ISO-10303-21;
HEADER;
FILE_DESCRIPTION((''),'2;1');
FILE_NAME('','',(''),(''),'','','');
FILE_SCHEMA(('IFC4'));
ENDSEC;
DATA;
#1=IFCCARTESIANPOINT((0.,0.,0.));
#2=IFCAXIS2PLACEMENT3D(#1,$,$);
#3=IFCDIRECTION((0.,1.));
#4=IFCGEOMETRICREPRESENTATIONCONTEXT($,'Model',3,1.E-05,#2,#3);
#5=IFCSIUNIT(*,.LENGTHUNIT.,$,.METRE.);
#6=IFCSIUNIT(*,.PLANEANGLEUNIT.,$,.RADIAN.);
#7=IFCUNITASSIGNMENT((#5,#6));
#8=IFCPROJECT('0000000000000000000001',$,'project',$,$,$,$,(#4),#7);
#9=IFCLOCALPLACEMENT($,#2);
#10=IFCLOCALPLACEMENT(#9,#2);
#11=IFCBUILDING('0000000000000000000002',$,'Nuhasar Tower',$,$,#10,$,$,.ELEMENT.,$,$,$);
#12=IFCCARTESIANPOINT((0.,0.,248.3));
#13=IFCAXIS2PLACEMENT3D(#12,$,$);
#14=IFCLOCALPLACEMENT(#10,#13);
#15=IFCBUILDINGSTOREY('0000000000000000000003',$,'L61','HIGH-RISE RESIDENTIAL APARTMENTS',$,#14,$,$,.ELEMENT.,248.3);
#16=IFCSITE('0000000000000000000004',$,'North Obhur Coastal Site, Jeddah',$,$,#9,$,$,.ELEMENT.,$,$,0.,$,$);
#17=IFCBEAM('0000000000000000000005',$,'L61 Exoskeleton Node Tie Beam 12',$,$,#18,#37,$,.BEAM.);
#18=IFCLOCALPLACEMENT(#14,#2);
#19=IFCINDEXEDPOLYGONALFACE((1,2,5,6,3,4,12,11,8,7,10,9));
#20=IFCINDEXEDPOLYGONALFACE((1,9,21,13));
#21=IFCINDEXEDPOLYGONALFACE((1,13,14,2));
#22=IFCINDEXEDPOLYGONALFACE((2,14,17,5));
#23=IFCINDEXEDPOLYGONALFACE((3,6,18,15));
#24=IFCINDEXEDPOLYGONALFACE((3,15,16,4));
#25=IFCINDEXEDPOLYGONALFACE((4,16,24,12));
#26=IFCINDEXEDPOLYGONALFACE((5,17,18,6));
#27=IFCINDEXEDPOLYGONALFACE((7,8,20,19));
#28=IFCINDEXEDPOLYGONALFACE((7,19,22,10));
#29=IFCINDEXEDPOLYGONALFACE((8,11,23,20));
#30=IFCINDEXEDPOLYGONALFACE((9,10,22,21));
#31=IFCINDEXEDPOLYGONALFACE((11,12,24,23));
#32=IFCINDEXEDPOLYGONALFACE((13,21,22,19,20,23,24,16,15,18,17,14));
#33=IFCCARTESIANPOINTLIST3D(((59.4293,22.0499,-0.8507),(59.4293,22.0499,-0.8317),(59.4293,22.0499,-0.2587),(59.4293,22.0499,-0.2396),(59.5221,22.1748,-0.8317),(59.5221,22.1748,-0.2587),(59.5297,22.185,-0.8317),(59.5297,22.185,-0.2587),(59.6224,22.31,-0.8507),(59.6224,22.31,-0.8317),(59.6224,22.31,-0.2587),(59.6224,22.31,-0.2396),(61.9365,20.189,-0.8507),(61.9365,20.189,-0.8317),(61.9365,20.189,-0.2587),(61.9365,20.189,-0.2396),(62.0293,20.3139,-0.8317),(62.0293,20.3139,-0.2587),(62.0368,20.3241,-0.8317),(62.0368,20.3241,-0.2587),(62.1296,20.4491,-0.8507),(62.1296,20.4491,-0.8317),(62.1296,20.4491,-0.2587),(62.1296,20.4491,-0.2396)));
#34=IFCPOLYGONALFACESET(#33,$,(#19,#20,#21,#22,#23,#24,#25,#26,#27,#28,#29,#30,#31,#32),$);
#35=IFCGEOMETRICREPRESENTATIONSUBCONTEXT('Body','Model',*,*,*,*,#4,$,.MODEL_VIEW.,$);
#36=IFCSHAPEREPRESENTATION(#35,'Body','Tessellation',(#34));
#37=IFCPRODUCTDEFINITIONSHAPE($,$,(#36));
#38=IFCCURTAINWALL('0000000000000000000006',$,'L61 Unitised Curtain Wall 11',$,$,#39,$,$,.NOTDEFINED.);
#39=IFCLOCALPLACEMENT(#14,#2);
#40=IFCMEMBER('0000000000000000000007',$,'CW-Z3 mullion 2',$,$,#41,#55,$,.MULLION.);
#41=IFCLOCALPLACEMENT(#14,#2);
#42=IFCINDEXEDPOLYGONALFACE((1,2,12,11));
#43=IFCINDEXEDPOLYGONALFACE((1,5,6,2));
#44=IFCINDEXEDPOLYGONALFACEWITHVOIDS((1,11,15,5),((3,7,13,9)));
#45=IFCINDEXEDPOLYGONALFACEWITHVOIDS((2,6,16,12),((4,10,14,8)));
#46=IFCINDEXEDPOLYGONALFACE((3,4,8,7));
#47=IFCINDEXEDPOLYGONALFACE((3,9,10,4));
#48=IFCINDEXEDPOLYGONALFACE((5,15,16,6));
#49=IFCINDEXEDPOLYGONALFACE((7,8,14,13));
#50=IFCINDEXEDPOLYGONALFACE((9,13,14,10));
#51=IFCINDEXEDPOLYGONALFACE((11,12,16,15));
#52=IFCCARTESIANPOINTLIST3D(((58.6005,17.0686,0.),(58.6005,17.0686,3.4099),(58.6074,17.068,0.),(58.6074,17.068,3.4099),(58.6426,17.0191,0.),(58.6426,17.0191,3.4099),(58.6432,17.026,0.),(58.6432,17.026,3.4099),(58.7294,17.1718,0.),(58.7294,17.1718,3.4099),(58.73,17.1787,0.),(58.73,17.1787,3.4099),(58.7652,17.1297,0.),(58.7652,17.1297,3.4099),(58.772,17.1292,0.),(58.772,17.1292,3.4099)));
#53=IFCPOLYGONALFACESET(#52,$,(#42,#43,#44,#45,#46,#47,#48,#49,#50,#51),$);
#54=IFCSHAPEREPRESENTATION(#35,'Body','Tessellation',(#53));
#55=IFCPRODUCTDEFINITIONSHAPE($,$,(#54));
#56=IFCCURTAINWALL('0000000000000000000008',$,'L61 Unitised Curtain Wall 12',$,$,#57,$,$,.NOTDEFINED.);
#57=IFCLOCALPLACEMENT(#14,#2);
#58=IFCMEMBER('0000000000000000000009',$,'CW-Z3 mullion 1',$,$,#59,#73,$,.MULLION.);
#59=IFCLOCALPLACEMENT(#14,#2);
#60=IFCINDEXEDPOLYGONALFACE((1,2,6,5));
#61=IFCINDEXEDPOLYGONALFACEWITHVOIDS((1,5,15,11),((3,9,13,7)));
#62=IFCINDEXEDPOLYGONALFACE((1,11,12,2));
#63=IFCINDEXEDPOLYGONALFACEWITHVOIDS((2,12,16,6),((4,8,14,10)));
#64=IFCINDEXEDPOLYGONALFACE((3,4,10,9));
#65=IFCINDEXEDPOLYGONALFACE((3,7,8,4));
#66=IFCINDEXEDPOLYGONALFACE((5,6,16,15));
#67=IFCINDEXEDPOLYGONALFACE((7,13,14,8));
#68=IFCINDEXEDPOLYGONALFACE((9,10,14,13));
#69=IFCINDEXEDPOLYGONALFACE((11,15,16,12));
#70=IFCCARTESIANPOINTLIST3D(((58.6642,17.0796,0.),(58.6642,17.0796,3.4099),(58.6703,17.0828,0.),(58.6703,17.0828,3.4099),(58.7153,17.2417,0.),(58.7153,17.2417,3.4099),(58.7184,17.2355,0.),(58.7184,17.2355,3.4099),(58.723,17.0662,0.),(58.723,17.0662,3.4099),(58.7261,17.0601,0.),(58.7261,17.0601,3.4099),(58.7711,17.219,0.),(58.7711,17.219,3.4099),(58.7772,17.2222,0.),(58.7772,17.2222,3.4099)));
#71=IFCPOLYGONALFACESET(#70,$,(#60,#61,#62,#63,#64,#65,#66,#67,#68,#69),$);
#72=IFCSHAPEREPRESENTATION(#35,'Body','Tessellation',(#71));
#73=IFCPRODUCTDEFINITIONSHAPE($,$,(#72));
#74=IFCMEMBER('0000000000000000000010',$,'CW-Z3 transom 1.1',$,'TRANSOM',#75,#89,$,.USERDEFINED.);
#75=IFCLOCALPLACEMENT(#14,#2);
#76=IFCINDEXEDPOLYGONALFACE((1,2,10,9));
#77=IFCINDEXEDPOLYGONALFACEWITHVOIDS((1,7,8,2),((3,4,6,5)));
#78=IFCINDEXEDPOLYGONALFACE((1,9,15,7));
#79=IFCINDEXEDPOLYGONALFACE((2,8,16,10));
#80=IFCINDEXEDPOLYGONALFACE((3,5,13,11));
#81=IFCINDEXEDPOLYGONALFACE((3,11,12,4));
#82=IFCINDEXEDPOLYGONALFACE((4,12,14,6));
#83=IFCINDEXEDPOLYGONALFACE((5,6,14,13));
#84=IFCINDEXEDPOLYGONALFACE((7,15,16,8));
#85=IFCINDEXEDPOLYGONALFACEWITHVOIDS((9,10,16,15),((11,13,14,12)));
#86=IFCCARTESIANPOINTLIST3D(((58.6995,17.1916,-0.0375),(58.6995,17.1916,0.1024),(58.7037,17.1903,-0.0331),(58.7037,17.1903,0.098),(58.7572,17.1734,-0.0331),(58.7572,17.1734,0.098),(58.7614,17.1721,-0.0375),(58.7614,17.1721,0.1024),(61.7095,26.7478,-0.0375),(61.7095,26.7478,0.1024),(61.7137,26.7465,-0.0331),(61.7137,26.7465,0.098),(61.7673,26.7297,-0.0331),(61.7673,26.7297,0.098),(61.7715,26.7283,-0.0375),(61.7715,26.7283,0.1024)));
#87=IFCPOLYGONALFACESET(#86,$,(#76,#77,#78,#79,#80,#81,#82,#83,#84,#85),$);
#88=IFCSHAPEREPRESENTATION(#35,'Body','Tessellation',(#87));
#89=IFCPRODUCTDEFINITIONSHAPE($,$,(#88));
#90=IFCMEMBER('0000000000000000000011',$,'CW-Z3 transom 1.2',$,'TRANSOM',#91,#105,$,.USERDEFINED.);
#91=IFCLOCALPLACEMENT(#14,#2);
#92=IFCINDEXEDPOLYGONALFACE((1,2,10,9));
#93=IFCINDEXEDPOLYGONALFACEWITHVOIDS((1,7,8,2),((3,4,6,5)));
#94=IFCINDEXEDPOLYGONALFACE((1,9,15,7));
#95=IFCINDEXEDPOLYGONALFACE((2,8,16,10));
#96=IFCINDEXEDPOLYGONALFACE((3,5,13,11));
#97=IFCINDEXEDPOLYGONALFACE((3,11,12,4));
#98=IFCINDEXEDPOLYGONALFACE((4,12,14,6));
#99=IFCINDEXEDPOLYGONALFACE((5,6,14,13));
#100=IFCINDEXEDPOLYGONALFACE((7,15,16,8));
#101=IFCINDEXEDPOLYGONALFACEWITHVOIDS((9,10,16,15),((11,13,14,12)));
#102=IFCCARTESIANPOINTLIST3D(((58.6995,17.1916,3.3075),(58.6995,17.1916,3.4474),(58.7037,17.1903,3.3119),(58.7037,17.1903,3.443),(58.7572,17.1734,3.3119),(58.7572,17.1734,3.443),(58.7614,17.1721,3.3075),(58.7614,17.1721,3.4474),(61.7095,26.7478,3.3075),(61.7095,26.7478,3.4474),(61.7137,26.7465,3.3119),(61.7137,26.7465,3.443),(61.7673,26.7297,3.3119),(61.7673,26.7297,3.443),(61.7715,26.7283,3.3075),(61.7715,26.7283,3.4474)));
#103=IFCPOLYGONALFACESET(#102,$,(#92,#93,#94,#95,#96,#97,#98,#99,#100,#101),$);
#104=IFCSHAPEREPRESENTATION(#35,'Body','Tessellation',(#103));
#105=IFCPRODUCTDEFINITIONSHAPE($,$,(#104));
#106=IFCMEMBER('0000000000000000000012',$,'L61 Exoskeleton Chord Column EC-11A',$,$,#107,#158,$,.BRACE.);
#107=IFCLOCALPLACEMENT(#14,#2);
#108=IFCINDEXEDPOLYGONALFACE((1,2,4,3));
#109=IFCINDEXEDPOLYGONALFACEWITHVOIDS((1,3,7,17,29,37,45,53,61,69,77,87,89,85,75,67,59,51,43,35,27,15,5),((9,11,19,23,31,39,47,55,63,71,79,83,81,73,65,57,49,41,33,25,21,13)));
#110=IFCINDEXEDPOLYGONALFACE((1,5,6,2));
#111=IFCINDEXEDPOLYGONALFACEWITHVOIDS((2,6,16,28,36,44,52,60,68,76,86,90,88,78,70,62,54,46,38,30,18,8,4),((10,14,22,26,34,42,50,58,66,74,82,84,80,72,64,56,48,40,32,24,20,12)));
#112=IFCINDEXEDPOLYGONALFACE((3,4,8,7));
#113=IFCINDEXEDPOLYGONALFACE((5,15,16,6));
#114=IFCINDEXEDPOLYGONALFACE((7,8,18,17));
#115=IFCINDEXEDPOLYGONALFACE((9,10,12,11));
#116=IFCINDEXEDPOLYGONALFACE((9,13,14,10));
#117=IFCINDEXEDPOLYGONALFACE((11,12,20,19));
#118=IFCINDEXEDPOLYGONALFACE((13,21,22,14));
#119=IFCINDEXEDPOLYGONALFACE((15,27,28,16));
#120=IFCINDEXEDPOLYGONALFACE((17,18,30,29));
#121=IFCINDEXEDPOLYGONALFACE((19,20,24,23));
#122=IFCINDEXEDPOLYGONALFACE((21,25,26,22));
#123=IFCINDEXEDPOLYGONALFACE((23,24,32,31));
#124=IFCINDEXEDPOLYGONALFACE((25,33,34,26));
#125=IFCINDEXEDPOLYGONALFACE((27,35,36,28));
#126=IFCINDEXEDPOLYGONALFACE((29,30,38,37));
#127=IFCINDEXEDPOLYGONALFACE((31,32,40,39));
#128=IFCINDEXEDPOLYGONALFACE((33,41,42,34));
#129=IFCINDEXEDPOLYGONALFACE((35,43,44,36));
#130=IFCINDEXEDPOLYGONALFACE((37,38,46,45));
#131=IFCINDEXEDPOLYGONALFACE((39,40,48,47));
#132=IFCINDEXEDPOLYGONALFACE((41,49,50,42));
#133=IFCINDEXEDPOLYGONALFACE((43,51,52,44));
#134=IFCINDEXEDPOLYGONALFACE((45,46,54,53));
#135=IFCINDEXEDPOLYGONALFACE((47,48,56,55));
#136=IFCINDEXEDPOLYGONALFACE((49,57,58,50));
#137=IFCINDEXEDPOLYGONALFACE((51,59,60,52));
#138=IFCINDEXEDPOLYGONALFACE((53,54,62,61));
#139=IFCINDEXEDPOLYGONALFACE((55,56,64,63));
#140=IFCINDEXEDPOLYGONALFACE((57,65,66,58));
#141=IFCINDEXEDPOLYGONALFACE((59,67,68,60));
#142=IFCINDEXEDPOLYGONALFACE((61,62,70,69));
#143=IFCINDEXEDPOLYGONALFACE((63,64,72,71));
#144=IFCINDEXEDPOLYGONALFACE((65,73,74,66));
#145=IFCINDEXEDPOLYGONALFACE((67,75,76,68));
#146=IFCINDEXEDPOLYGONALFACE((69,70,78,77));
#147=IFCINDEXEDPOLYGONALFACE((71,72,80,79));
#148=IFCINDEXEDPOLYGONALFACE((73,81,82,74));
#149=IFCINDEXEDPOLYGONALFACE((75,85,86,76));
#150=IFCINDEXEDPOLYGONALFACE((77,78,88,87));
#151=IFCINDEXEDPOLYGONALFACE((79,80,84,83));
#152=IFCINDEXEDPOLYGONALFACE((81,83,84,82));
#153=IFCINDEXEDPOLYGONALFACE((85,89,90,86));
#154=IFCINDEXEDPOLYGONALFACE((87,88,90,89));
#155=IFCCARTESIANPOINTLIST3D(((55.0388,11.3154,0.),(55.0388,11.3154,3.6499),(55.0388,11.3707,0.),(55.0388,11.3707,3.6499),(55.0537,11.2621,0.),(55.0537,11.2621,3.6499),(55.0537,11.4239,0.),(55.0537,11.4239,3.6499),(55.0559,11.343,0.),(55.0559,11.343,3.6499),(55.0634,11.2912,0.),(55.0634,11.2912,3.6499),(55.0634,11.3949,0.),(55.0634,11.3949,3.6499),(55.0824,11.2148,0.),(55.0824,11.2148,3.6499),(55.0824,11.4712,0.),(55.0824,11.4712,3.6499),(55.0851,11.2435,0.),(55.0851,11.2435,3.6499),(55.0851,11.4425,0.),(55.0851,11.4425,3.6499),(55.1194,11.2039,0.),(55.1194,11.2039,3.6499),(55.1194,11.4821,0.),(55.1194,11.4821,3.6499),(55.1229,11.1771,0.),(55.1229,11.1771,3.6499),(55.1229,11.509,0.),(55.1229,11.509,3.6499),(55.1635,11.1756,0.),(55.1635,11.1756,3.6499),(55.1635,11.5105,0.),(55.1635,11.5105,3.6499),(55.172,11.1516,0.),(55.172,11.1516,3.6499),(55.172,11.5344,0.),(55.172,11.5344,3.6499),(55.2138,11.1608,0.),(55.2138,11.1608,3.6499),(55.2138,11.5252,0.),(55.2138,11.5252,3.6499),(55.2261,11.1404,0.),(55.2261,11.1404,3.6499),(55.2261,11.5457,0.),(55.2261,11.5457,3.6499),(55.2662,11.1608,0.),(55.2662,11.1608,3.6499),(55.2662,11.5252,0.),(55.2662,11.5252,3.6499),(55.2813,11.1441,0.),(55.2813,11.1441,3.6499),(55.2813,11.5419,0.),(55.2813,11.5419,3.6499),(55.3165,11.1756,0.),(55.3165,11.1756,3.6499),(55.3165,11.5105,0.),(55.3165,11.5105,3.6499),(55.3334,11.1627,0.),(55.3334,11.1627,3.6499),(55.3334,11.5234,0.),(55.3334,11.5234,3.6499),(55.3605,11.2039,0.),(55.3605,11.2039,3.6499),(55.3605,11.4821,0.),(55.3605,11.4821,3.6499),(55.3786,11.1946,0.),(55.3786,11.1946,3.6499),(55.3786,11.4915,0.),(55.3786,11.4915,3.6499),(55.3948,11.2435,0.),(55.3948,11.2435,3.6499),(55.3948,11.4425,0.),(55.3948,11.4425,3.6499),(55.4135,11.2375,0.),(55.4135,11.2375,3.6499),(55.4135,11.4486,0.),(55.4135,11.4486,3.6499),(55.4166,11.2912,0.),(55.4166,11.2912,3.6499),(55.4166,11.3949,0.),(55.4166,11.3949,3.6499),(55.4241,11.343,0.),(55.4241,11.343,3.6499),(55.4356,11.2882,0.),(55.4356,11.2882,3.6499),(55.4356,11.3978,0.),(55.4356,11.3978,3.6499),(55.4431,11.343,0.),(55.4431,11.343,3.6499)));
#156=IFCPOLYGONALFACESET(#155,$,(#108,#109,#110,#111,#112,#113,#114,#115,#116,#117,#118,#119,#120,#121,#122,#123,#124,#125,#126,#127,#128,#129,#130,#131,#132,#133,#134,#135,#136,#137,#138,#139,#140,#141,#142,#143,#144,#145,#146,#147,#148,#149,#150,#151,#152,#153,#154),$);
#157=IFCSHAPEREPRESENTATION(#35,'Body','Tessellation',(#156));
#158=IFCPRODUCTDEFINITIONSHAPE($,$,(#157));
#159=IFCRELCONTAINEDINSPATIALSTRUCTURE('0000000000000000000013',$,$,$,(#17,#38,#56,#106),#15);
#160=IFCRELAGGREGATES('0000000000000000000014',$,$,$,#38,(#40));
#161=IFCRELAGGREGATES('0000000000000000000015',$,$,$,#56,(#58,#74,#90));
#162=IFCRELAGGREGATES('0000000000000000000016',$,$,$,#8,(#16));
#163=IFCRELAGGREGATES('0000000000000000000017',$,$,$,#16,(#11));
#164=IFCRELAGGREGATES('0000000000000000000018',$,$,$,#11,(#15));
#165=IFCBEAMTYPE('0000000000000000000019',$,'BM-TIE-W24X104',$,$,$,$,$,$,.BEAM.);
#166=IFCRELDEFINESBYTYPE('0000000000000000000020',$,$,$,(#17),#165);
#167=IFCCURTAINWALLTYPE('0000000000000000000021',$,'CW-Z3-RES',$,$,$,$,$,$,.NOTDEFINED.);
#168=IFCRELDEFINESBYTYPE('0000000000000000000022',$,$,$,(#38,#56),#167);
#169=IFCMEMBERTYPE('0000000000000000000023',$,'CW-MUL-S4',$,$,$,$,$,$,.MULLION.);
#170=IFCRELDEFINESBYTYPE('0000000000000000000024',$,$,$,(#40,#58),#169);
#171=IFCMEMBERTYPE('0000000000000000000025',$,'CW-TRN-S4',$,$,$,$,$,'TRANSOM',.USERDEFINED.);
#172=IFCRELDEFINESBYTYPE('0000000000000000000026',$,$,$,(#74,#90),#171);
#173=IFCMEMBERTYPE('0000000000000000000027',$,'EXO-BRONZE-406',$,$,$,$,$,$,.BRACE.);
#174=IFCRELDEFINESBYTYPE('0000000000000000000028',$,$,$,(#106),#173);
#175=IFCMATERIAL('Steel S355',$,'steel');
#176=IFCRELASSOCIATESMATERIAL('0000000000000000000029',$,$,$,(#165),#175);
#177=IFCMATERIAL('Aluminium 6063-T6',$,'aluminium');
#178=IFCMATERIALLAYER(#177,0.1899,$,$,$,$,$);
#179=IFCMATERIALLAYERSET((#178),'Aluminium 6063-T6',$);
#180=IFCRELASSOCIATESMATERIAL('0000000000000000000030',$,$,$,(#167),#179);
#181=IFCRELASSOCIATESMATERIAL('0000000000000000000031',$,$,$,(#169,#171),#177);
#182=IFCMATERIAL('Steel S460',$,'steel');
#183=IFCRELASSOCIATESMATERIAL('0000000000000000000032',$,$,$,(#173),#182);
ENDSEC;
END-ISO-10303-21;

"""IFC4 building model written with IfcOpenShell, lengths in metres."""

from ifc_helpers import new_model, si_unit, direction, frame, origin, origin_2d, place, context, subcontext, project, spatial, hollow_rectangle, hollow_circle, i_section, extrude, material, layer, layer_set, material_profile, profile_set, type_object, element, aggregate, save


model = new_model("IFC4")

# Units and contexts
model_context = context("Model", 3, precision=1e-05, world=origin(), true_north=direction((0.0, 1.0)))
body_context = subcontext(model_context, "Body", "Model", "MODEL_VIEW")
ifc_project = project(units=[si_unit("LENGTHUNIT", "METRE"), si_unit("PLANEANGLEUNIT", "RADIAN")], contexts=[model_context])

# Site, building, storey
site_placement = place(None, origin())
site = spatial("IfcSite", under=ifc_project, at=site_placement, Name="North Obhur Coastal Site, Jeddah", CompositionType="ELEMENT", RefElevation=0.0)
building_placement = place(site_placement, origin())
building = spatial("IfcBuilding", under=site, at=building_placement, Name="Nuhasar Tower", CompositionType="ELEMENT")
storey_placement = place(building_placement, frame((0.0, 0.0, 248.3)))
storey = spatial("IfcBuildingStorey", under=building, at=storey_placement, Name="L61", Description="HIGH-RISE RESIDENTIAL APARTMENTS", CompositionType="ELEMENT", Elevation=248.3)

# Beam
ifc_material_1 = material(Name="Steel S355", Category="steel")
ifc_material_profile_1 = material_profile(ifc_material_1, i_section(OverallWidth=0.324, OverallDepth=0.6111, WebThickness=0.0127, FlangeThickness=0.019, at=origin_2d()), Name="W24X104")
ifc_profile_set_1 = profile_set([ifc_material_profile_1], Name="Steel S355")
beam_type_1 = type_object("IfcBeamType", Name="BM-TIE-W24X104", PredefinedType="BEAM", material=ifc_profile_set_1)
beam_1_placement = place(storey_placement, frame((59.5259, 22.1799, -0.5452), z_axis=(0.802983, -0.596001, 0.0), x_axis=(0.596001, 0.802983, 0.0)))
element("IfcBeam", 1, at=beam_1_placement, inside=storey, type_object=beam_type_1, Name="L61 Exoskeleton Node Tie Beam 12", PredefinedType="BEAM", context=body_context, shape_type="SweptSolid", body=[
    extrude(i_section(OverallWidth=0.324, OverallDepth=0.6111, WebThickness=0.0127, FlangeThickness=0.019, at=origin_2d()), origin(), (0.0, 0.0, 1.0), 3.1223),
])

# Curtain wall, member
ifc_material_2 = material(Name="Aluminium 6063-T6", Category="aluminium")
ifc_layer_1 = layer(ifc_material_2, 0.1899)
ifc_layer_set_1 = layer_set([ifc_layer_1], Name="Aluminium 6063-T6")
curtain_wall_type = type_object("IfcCurtainWallType", Name="CW-Z3-RES", PredefinedType="NOTDEFINED", material=ifc_layer_set_1)
curtain_wall_1_placement = place(storey_placement, origin())
curtain_wall_1 = element("IfcCurtainWall", 2, at=curtain_wall_1_placement, inside=storey, type_object=curtain_wall_type, Name="L61 Unitised Curtain Wall 11", PredefinedType="NOTDEFINED")
ifc_material_profile_2 = material_profile(ifc_material_2, hollow_rectangle(XDim=0.0649, YDim=0.1699, WallThickness=0.0049, at=origin_2d()), Name="CWM-4")
ifc_profile_set_2 = profile_set([ifc_material_profile_2], Name="Aluminium 6063-T6")
member_type_1 = type_object("IfcMemberType", Name="CW-MUL-S4", PredefinedType="MULLION", material=ifc_profile_set_2)
member_1_placement = place(storey_placement, frame((58.6863, 17.0989, 0.0), z_axis=(0.0, 0.0, 1.0), x_axis=(-0.647895, 0.761729, 0.0)))
member_1 = element("IfcMember", 3, at=member_1_placement, type_object=member_type_1, Name="CW-Z3 mullion 2", PredefinedType="MULLION", context=body_context, shape_type="SweptSolid", body=[
    extrude(hollow_rectangle(XDim=0.0649, YDim=0.1699, WallThickness=0.0049, at=origin_2d()), origin(), (0.0, 0.0, 1.0), 3.4099),
])

# Curtain wall, members
curtain_wall_2_placement = place(storey_placement, origin())
curtain_wall_2 = element("IfcCurtainWall", 4, at=curtain_wall_2_placement, inside=storey, type_object=curtain_wall_type, Name="L61 Unitised Curtain Wall 12", PredefinedType="NOTDEFINED")
member_2_placement = place(storey_placement, frame((58.7207, 17.1509, 0.0), z_axis=(0.0, 0.0, 1.0), x_axis=(-0.953804, 0.300429, 0.0)))
member_2 = element("IfcMember", 5, at=member_2_placement, type_object=member_type_1, Name="CW-Z3 mullion 1", PredefinedType="MULLION", context=body_context, shape_type="SweptSolid", body=[
    extrude(hollow_rectangle(XDim=0.0649, YDim=0.1699, WallThickness=0.0049, at=origin_2d()), origin(), (0.0, 0.0, 1.0), 3.4099),
])
ifc_material_profile_3 = material_profile(ifc_material_2, hollow_rectangle(XDim=0.0649, YDim=0.1399, WallThickness=0.0044, at=origin_2d()), Name="CWT-4")
ifc_profile_set_3 = profile_set([ifc_material_profile_3], Name="Aluminium 6063-T6")
member_type_2 = type_object("IfcMemberType", Name="CW-TRN-S4", ElementType="TRANSOM", PredefinedType="USERDEFINED", material=ifc_profile_set_3)
member_3_placement = place(storey_placement, frame((58.7305, 17.1819, 0.0325), z_axis=(0.30043, 0.953804, 0.0), x_axis=(-0.953804, 0.30043, 0.0)))
member_3 = element("IfcMember", 6, at=member_3_placement, type_object=member_type_2, Name="CW-Z3 transom 1.1", ObjectType="TRANSOM", PredefinedType="USERDEFINED", context=body_context, shape_type="SweptSolid", body=[
    extrude(hollow_rectangle(XDim=0.0649, YDim=0.1399, WallThickness=0.0044, at=origin_2d()), origin(), (0.0, 0.0, 1.0), 10.019),
])
member_4_placement = place(storey_placement, frame((58.7305, 17.1819, 3.3774), z_axis=(0.30043, 0.953804, 0.0), x_axis=(-0.953804, 0.30043, 0.0)))
member_4 = element("IfcMember", 7, at=member_4_placement, type_object=member_type_2, Name="CW-Z3 transom 1.2", ObjectType="TRANSOM", PredefinedType="USERDEFINED", context=body_context, shape_type="SweptSolid", body=[
    extrude(hollow_rectangle(XDim=0.0649, YDim=0.1399, WallThickness=0.0044, at=origin_2d()), origin(), (0.0, 0.0, 1.0), 10.019),
])

# Member
ifc_material_3 = material(Name="Steel S460", Category="steel")
ifc_material_profile_4 = material_profile(ifc_material_3, hollow_circle(Radius=0.2031, WallThickness=0.019, at=origin_2d()), Name="HSS406.4X19.1")
ifc_profile_set_4 = profile_set([ifc_material_profile_4], Name="Steel S460")
member_type_3 = type_object("IfcMemberType", Name="EXO-BRONZE-406", PredefinedType="BRACE", material=ifc_profile_set_4)
for number, where, z_axis, x_axis, name in (
    (8, (55.24, 11.343, 0.0), (0.0, 0.0, 1.0), (1.0, 0.0, 0.0), "L61 Exoskeleton Chord Column EC-11A"),
):
    element("IfcMember", number, at=place(storey_placement, frame(where, z_axis=z_axis, x_axis=x_axis)), inside=storey, type_object=member_type_3, Name=name, PredefinedType="BRACE", context=body_context, shape_type="SweptSolid", body=[
        extrude(hollow_circle(Radius=0.2031, WallThickness=0.019, at=origin_2d()), origin(), (0.0, 0.0, 1.0), 3.6499),
    ])

aggregate(curtain_wall_1, [member_1])
aggregate(curtain_wall_2, [member_2, member_3, member_4])

save(model, "model.ifc")
